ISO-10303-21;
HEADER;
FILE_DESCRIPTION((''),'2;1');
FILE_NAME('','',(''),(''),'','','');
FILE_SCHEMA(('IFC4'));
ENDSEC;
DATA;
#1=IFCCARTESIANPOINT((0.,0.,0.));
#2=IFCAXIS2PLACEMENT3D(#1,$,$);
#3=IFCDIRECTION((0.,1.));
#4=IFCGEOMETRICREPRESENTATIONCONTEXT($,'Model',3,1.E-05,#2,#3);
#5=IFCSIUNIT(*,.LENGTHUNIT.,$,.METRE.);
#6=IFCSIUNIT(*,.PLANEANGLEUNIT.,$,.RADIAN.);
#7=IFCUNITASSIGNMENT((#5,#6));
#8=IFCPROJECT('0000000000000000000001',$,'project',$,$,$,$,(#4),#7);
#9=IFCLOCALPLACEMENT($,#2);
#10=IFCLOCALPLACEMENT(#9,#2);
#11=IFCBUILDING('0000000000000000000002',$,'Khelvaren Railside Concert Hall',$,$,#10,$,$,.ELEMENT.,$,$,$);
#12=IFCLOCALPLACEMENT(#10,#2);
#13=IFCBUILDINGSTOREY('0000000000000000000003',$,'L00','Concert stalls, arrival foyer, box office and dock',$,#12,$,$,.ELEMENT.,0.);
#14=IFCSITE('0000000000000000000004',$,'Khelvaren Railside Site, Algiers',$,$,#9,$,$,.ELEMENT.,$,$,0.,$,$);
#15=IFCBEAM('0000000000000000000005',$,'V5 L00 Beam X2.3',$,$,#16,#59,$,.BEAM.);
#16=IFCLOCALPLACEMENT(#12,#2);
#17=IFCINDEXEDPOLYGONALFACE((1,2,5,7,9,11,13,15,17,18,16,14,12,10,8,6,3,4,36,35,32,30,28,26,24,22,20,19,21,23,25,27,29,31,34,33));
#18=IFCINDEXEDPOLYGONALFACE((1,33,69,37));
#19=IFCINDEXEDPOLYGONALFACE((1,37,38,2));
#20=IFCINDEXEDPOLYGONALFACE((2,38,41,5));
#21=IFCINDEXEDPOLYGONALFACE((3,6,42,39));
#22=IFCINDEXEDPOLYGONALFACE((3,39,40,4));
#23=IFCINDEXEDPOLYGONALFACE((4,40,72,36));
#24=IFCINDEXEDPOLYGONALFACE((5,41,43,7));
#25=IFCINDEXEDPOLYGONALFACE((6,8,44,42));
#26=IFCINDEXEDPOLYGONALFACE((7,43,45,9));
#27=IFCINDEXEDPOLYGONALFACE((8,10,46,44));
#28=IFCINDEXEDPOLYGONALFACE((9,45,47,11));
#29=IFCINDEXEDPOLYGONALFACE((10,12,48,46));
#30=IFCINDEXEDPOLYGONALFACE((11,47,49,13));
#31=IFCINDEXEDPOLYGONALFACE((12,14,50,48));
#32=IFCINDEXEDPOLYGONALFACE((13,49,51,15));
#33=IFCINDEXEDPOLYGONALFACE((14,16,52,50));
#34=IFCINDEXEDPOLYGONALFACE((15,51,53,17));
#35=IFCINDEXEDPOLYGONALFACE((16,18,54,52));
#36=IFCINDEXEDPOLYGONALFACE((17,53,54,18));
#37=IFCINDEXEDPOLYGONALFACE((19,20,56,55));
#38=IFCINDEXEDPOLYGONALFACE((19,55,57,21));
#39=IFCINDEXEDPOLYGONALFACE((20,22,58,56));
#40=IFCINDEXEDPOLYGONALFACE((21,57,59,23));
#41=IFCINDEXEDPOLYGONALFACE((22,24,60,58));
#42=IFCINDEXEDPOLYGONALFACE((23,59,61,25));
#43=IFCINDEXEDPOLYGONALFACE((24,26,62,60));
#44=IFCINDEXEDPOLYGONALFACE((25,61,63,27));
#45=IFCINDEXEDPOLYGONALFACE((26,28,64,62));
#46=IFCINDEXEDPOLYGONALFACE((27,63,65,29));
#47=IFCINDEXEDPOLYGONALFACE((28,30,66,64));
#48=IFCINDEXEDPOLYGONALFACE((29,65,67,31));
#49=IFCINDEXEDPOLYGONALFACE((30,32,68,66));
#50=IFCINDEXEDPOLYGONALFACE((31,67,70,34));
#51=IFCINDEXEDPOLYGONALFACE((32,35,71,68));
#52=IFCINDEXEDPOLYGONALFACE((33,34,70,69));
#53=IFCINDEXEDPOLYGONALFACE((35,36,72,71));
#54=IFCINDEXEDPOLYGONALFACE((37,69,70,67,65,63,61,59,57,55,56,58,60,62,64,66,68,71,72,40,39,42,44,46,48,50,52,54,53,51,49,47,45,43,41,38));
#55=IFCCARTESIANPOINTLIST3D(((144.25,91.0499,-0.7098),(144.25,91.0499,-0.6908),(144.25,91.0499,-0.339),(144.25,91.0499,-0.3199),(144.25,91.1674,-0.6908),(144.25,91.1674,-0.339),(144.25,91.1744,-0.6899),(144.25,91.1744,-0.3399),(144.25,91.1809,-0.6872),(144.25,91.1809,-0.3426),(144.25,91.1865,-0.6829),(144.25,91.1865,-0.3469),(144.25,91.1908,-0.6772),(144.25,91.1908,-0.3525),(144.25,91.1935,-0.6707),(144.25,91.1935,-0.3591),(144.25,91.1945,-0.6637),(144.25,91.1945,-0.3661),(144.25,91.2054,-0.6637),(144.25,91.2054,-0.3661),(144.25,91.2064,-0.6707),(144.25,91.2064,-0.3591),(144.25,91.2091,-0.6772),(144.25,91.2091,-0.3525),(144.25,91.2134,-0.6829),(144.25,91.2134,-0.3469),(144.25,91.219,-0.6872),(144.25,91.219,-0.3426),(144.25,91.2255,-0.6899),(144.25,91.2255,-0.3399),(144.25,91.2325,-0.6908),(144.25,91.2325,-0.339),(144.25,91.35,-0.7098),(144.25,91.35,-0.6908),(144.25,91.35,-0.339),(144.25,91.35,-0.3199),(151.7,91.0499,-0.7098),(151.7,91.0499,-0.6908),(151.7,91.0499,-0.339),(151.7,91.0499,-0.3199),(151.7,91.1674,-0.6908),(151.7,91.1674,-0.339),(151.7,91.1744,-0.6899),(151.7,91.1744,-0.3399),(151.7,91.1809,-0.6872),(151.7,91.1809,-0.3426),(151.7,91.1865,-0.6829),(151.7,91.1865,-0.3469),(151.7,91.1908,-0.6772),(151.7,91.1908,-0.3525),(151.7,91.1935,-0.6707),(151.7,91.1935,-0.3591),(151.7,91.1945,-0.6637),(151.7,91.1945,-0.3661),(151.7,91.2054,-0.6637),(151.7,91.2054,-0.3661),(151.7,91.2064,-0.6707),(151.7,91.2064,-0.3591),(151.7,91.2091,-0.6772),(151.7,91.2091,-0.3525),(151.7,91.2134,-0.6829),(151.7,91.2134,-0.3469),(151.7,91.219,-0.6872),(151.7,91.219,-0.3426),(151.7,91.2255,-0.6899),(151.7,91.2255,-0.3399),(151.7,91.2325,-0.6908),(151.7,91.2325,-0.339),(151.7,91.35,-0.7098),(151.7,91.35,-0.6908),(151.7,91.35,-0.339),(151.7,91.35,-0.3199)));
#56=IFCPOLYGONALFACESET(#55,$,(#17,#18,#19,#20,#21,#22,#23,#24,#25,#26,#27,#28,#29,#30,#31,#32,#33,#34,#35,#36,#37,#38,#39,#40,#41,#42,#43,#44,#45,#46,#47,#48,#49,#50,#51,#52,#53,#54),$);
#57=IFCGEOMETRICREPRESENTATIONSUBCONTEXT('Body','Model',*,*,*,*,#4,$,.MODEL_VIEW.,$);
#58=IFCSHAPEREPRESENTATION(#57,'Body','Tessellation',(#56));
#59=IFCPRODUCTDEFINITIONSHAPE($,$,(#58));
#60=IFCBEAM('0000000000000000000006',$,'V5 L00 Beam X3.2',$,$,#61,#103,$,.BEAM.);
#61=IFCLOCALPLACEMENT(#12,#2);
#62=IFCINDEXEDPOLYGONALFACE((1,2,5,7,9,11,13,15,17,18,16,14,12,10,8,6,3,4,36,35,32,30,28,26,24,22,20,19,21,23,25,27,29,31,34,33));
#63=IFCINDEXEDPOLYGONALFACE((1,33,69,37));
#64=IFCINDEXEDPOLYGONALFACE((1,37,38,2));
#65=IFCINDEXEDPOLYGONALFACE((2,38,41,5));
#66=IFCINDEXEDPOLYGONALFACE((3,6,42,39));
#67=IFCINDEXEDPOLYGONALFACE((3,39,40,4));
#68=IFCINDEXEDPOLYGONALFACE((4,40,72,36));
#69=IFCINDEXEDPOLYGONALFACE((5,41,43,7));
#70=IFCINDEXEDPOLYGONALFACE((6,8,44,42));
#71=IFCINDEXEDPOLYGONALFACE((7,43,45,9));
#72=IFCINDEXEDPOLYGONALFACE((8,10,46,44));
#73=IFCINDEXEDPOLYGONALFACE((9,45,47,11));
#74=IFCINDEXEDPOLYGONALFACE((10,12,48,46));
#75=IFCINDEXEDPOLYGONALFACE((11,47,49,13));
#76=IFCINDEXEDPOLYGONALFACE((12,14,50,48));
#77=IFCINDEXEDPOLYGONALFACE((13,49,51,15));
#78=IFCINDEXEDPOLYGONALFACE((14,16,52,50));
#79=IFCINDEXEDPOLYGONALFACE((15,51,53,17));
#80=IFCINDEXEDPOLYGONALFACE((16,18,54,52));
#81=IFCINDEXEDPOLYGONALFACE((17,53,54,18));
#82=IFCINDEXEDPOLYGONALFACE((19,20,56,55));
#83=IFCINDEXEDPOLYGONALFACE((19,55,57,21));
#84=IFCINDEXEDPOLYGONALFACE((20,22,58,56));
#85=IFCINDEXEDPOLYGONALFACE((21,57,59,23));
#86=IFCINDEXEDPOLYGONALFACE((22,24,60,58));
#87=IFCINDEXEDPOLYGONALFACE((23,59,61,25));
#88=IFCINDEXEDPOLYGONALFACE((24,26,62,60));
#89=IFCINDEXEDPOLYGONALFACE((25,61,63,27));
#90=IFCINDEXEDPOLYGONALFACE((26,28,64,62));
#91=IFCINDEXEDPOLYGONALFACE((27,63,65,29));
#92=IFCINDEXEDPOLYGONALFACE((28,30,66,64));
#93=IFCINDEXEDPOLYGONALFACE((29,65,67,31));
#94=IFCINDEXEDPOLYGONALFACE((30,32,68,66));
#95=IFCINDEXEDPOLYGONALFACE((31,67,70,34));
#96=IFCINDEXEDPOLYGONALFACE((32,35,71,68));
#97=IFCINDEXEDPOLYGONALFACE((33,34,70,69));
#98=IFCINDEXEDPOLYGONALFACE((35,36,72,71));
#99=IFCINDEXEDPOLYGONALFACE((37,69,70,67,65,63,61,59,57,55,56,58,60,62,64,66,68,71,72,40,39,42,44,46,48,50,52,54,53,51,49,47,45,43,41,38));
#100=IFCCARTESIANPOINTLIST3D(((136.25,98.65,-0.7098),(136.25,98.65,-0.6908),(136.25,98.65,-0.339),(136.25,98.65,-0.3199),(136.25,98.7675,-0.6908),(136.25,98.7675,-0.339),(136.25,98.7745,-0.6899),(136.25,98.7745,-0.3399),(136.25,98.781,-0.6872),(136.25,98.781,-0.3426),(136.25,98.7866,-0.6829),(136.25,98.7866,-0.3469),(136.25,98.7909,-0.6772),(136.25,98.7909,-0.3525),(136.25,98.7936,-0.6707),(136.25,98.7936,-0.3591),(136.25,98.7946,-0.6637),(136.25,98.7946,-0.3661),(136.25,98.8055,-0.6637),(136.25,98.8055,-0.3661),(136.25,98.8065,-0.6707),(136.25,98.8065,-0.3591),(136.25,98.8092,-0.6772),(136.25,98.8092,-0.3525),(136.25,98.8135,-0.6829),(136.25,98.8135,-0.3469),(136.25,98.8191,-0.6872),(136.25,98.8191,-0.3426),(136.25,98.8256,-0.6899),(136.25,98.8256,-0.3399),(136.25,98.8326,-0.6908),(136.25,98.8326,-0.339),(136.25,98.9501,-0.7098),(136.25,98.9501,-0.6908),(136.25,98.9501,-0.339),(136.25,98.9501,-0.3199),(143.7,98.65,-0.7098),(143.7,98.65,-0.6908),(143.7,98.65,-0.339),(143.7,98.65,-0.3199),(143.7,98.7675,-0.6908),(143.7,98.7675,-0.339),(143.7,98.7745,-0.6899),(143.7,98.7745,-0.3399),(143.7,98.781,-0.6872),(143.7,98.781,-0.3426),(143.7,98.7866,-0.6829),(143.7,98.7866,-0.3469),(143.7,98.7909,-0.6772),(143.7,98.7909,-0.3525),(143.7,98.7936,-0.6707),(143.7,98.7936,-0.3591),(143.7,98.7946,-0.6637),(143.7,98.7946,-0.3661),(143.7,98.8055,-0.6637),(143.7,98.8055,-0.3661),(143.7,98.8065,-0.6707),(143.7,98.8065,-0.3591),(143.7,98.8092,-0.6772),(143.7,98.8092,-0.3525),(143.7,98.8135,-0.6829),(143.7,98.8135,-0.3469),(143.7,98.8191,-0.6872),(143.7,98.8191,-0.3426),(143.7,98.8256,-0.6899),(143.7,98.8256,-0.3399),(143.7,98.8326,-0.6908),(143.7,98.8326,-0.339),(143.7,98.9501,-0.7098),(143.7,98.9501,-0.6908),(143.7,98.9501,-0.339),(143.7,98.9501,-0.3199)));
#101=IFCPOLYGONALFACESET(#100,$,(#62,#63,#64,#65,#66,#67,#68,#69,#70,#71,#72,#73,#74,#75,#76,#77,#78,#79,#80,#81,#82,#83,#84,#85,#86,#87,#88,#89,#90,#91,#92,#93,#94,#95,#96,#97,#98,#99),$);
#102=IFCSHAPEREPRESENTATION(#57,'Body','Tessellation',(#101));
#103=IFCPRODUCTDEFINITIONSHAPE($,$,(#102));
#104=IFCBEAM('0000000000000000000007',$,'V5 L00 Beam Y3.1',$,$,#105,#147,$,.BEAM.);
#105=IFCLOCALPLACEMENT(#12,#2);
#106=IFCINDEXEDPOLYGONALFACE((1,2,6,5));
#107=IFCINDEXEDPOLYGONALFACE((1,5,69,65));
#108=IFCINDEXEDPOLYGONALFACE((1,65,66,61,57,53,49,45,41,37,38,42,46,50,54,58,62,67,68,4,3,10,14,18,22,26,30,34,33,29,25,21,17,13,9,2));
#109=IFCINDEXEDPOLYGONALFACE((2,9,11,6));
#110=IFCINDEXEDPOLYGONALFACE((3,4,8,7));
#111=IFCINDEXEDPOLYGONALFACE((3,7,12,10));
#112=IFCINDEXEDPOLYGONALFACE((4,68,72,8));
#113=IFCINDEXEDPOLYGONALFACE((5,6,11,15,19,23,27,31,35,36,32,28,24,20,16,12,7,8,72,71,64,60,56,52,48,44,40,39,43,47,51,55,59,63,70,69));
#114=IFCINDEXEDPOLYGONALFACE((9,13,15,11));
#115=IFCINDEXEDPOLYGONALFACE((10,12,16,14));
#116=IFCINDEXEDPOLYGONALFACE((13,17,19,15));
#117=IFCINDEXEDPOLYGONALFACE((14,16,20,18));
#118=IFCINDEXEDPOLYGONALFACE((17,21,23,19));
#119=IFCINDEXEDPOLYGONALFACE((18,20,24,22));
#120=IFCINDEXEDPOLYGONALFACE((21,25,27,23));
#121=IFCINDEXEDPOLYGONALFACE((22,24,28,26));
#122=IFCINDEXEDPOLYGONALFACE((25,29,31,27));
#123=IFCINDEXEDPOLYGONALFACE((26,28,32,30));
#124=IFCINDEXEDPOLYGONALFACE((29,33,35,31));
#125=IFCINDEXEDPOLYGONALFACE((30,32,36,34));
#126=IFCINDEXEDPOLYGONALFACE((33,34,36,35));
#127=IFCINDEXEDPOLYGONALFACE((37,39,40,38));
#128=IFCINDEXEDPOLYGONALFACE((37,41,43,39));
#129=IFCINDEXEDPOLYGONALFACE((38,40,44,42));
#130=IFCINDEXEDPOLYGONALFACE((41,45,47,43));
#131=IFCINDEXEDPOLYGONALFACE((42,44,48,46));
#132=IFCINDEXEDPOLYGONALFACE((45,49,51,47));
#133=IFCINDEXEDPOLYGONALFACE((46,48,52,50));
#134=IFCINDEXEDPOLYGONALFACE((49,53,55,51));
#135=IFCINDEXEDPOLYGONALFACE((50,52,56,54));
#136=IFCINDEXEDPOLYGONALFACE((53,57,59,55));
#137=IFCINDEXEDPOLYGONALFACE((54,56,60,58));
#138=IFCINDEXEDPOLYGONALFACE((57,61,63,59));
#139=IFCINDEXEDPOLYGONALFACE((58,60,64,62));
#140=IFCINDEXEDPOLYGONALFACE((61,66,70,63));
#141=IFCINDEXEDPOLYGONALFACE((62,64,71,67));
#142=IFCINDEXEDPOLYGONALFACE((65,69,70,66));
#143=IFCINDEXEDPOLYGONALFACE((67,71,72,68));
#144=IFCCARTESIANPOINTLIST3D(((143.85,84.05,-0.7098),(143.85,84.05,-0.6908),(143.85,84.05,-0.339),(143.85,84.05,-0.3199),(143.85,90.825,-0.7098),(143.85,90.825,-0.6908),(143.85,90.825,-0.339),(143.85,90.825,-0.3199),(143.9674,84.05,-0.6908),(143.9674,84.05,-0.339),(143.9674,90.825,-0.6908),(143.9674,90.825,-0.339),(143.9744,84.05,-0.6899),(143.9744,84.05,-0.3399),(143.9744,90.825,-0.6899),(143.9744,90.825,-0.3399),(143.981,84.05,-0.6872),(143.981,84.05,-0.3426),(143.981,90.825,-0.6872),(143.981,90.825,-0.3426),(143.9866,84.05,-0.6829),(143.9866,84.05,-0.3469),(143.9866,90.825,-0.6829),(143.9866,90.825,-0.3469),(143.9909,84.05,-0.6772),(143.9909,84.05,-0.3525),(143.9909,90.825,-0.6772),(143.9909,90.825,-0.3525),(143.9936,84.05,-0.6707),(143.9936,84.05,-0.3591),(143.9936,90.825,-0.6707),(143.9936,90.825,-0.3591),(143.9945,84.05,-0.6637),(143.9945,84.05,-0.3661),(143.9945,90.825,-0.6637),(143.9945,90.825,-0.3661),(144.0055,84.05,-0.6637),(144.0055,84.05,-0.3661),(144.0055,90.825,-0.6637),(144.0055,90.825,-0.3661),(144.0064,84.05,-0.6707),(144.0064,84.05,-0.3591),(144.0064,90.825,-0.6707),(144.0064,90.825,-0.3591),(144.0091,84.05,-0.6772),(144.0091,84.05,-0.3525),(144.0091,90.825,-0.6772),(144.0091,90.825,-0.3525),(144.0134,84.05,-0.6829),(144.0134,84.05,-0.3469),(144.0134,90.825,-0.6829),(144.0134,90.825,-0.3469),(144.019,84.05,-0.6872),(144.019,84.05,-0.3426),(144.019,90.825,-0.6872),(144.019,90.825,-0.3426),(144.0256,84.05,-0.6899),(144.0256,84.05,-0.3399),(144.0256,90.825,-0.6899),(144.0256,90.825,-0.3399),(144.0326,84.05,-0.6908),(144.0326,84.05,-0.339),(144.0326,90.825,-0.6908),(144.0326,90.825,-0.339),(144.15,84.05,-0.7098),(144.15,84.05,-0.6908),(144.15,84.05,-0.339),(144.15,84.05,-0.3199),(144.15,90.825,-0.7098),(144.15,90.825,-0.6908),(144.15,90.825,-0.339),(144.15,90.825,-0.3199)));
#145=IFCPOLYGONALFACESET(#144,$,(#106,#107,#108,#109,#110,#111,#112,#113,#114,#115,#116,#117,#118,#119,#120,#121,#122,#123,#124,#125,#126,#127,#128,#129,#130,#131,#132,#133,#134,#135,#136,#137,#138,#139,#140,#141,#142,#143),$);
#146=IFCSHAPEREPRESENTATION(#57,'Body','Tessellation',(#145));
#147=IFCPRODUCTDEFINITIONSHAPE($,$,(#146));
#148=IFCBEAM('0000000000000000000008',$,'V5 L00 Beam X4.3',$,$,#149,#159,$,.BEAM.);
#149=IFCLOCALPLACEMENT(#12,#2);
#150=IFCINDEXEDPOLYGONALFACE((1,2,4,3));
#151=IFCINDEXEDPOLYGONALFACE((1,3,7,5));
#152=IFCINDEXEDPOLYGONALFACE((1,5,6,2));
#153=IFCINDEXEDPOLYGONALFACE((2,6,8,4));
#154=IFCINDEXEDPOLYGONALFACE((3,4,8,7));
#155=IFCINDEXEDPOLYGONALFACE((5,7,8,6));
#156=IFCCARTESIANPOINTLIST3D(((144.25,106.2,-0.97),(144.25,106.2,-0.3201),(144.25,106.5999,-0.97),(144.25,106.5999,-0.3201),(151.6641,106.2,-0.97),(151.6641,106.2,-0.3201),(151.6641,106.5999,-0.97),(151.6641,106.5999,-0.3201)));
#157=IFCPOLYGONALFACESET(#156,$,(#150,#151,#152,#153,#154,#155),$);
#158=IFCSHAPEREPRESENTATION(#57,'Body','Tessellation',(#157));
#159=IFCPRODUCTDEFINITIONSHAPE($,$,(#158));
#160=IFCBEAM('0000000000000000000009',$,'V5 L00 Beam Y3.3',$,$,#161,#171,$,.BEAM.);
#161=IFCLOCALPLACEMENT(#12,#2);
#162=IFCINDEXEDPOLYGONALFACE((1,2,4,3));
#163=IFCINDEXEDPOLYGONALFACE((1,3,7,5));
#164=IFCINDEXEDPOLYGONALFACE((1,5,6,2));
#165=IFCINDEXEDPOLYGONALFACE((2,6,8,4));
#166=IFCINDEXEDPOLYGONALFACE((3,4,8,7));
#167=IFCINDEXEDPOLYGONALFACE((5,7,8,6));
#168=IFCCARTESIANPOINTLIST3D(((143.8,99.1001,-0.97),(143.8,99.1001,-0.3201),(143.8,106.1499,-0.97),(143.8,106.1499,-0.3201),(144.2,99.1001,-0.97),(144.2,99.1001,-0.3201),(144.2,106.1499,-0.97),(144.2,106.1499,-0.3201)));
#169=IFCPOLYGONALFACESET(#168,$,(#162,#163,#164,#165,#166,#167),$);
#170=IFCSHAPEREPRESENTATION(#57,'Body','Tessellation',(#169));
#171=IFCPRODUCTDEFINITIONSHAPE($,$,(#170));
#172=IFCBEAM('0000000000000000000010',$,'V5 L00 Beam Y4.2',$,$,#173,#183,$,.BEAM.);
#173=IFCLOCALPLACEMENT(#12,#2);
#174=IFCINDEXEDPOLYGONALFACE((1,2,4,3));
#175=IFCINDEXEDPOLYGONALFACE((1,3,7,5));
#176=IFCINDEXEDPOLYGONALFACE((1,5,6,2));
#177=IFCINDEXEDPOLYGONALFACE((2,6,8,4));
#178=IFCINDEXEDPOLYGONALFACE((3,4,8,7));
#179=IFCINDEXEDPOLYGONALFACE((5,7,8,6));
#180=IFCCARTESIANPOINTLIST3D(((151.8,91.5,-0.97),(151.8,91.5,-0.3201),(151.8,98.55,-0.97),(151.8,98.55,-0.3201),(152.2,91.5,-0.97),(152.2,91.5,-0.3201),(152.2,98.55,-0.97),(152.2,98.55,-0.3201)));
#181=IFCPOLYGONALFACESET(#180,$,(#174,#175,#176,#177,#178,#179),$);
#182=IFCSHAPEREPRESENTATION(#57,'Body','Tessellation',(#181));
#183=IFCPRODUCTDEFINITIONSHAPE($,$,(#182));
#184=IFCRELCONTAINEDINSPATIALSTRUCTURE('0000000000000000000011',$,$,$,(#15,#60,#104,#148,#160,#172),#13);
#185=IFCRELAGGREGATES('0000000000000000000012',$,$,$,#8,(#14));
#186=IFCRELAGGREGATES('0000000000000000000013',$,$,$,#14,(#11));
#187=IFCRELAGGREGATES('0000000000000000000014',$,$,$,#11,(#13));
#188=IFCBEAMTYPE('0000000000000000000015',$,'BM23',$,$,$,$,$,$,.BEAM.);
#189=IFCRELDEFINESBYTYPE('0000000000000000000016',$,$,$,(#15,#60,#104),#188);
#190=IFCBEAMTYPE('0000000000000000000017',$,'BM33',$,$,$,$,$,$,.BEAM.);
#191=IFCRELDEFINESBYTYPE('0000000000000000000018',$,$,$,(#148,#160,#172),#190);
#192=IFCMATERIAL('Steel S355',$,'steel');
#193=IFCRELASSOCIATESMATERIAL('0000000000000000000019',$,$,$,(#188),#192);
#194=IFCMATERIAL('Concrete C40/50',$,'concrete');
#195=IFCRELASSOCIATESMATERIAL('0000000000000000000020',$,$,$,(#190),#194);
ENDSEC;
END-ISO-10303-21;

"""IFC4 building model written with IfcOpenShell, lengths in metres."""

from ifc_helpers import new_model, si_unit, direction, frame, origin, origin_2d, place, context, subcontext, project, spatial, rectangle, i_section, extrude, material, material_profile, profile_set, type_object, element, save


model = new_model("IFC4")

# Units and contexts
model_context = context("Model", 3, precision=1e-05, world=origin(), true_north=direction((0.0, 1.0)))
body_context = subcontext(model_context, "Body", "Model", "MODEL_VIEW")
ifc_project = project(units=[si_unit("LENGTHUNIT", "METRE"), si_unit("PLANEANGLEUNIT", "RADIAN")], contexts=[model_context])

# Site, building, storey
site_placement = place(None, origin())
site = spatial("IfcSite", under=ifc_project, at=site_placement, Name="Khelvaren Railside Site, Algiers", CompositionType="ELEMENT", RefElevation=0.0)
building_placement = place(site_placement, origin())
building = spatial("IfcBuilding", under=site, at=building_placement, Name="Khelvaren Railside Concert Hall", CompositionType="ELEMENT")
storey_placement = place(building_placement, origin())
storey = spatial("IfcBuildingStorey", under=building, at=storey_placement, Name="L00", Description="Concert stalls, arrival foyer, box office and dock", CompositionType="ELEMENT", Elevation=0.0)

# Beams
ifc_material_1 = material(Name="Steel S355", Category="steel")
ifc_material_profile_1 = material_profile(ifc_material_1, i_section(OverallWidth=0.3, OverallDepth=0.3899, WebThickness=0.011, FlangeThickness=0.019, FilletRadius=0.0271, at=origin_2d()), Name="HEA 400")
ifc_profile_set_1 = profile_set([ifc_material_profile_1], Name="Steel S355")
beam_type_1 = type_object("IfcBeamType", Name="BM23", PredefinedType="BEAM", material=ifc_profile_set_1)
for number, where, z_axis, x_axis, name in (
    (1, (144.25, 91.2, -0.5149), (1.0, 0.0, 0.0), (0.0, 1.0, 0.0), "V5 L00 Beam X2.3"),
    (2, (136.25, 98.8, -0.5149), (1.0, 0.0, 0.0), (0.0, 1.0, 0.0), "V5 L00 Beam X3.2"),
):
    element("IfcBeam", number, at=place(storey_placement, frame(where, z_axis=z_axis, x_axis=x_axis)), inside=storey, type_object=beam_type_1, Name=name, PredefinedType="BEAM", context=body_context, shape_type="SweptSolid", body=[
        extrude(i_section(OverallWidth=0.3, OverallDepth=0.3899, WebThickness=0.011, FlangeThickness=0.019, FilletRadius=0.0271, at=origin_2d()), origin(), (0.0, 0.0, 1.0), 7.45),
    ])
beam_1_placement = place(storey_placement, frame((144.0, 84.05, -0.5149), z_axis=(0.0, 1.0, 0.0), x_axis=(-1.0, 0.0, 0.0)))
element("IfcBeam", 3, at=beam_1_placement, inside=storey, type_object=beam_type_1, Name="V5 L00 Beam Y3.1", PredefinedType="BEAM", context=body_context, shape_type="SweptSolid", body=[
    extrude(i_section(OverallWidth=0.3, OverallDepth=0.3899, WebThickness=0.011, FlangeThickness=0.019, FilletRadius=0.0271, at=origin_2d()), origin(), (0.0, 0.0, 1.0), 6.7749),
])
ifc_material_2 = material(Name="Concrete C40/50", Category="concrete")
ifc_material_profile_2 = material_profile(ifc_material_2, rectangle(XDim=0.3999, YDim=0.6499, at=origin_2d()), Name="RCB 400x650")
ifc_profile_set_2 = profile_set([ifc_material_profile_2], Name="Concrete C40/50")
beam_type_2 = type_object("IfcBeamType", Name="BM33", PredefinedType="BEAM", material=ifc_profile_set_2)
beam_2_placement = place(storey_placement, frame((144.25, 106.3999, -0.645), z_axis=(1.0, 0.0, 0.0), x_axis=(0.0, 1.0, 0.0)))
element("IfcBeam", 4, at=beam_2_placement, inside=storey, type_object=beam_type_2, Name="V5 L00 Beam X4.3", PredefinedType="BEAM", context=body_context, shape_type="SweptSolid", body=[
    extrude(rectangle(XDim=0.3999, YDim=0.6499, at=origin_2d()), origin(), (0.0, 0.0, 1.0), 7.4141),
])
beam_3_placement = place(storey_placement, frame((144.0, 99.1001, -0.645), z_axis=(0.0, 1.0, 0.0), x_axis=(-1.0, 0.0, 0.0)))
element("IfcBeam", 5, at=beam_3_placement, inside=storey, type_object=beam_type_2, Name="V5 L00 Beam Y3.3", PredefinedType="BEAM", context=body_context, shape_type="SweptSolid", body=[
    extrude(rectangle(XDim=0.3999, YDim=0.6499, at=origin_2d()), origin(), (0.0, 0.0, 1.0), 7.0498),
])
beam_4_placement = place(storey_placement, frame((152.0, 91.5, -0.645), z_axis=(0.0, 1.0, 0.0), x_axis=(-1.0, 0.0, 0.0)))
element("IfcBeam", 6, at=beam_4_placement, inside=storey, type_object=beam_type_2, Name="V5 L00 Beam Y4.2", PredefinedType="BEAM", context=body_context, shape_type="SweptSolid", body=[
    extrude(rectangle(XDim=0.3999, YDim=0.6499, at=origin_2d()), origin(), (0.0, 0.0, 1.0), 7.05),
])

save(model, "model.ifc")
